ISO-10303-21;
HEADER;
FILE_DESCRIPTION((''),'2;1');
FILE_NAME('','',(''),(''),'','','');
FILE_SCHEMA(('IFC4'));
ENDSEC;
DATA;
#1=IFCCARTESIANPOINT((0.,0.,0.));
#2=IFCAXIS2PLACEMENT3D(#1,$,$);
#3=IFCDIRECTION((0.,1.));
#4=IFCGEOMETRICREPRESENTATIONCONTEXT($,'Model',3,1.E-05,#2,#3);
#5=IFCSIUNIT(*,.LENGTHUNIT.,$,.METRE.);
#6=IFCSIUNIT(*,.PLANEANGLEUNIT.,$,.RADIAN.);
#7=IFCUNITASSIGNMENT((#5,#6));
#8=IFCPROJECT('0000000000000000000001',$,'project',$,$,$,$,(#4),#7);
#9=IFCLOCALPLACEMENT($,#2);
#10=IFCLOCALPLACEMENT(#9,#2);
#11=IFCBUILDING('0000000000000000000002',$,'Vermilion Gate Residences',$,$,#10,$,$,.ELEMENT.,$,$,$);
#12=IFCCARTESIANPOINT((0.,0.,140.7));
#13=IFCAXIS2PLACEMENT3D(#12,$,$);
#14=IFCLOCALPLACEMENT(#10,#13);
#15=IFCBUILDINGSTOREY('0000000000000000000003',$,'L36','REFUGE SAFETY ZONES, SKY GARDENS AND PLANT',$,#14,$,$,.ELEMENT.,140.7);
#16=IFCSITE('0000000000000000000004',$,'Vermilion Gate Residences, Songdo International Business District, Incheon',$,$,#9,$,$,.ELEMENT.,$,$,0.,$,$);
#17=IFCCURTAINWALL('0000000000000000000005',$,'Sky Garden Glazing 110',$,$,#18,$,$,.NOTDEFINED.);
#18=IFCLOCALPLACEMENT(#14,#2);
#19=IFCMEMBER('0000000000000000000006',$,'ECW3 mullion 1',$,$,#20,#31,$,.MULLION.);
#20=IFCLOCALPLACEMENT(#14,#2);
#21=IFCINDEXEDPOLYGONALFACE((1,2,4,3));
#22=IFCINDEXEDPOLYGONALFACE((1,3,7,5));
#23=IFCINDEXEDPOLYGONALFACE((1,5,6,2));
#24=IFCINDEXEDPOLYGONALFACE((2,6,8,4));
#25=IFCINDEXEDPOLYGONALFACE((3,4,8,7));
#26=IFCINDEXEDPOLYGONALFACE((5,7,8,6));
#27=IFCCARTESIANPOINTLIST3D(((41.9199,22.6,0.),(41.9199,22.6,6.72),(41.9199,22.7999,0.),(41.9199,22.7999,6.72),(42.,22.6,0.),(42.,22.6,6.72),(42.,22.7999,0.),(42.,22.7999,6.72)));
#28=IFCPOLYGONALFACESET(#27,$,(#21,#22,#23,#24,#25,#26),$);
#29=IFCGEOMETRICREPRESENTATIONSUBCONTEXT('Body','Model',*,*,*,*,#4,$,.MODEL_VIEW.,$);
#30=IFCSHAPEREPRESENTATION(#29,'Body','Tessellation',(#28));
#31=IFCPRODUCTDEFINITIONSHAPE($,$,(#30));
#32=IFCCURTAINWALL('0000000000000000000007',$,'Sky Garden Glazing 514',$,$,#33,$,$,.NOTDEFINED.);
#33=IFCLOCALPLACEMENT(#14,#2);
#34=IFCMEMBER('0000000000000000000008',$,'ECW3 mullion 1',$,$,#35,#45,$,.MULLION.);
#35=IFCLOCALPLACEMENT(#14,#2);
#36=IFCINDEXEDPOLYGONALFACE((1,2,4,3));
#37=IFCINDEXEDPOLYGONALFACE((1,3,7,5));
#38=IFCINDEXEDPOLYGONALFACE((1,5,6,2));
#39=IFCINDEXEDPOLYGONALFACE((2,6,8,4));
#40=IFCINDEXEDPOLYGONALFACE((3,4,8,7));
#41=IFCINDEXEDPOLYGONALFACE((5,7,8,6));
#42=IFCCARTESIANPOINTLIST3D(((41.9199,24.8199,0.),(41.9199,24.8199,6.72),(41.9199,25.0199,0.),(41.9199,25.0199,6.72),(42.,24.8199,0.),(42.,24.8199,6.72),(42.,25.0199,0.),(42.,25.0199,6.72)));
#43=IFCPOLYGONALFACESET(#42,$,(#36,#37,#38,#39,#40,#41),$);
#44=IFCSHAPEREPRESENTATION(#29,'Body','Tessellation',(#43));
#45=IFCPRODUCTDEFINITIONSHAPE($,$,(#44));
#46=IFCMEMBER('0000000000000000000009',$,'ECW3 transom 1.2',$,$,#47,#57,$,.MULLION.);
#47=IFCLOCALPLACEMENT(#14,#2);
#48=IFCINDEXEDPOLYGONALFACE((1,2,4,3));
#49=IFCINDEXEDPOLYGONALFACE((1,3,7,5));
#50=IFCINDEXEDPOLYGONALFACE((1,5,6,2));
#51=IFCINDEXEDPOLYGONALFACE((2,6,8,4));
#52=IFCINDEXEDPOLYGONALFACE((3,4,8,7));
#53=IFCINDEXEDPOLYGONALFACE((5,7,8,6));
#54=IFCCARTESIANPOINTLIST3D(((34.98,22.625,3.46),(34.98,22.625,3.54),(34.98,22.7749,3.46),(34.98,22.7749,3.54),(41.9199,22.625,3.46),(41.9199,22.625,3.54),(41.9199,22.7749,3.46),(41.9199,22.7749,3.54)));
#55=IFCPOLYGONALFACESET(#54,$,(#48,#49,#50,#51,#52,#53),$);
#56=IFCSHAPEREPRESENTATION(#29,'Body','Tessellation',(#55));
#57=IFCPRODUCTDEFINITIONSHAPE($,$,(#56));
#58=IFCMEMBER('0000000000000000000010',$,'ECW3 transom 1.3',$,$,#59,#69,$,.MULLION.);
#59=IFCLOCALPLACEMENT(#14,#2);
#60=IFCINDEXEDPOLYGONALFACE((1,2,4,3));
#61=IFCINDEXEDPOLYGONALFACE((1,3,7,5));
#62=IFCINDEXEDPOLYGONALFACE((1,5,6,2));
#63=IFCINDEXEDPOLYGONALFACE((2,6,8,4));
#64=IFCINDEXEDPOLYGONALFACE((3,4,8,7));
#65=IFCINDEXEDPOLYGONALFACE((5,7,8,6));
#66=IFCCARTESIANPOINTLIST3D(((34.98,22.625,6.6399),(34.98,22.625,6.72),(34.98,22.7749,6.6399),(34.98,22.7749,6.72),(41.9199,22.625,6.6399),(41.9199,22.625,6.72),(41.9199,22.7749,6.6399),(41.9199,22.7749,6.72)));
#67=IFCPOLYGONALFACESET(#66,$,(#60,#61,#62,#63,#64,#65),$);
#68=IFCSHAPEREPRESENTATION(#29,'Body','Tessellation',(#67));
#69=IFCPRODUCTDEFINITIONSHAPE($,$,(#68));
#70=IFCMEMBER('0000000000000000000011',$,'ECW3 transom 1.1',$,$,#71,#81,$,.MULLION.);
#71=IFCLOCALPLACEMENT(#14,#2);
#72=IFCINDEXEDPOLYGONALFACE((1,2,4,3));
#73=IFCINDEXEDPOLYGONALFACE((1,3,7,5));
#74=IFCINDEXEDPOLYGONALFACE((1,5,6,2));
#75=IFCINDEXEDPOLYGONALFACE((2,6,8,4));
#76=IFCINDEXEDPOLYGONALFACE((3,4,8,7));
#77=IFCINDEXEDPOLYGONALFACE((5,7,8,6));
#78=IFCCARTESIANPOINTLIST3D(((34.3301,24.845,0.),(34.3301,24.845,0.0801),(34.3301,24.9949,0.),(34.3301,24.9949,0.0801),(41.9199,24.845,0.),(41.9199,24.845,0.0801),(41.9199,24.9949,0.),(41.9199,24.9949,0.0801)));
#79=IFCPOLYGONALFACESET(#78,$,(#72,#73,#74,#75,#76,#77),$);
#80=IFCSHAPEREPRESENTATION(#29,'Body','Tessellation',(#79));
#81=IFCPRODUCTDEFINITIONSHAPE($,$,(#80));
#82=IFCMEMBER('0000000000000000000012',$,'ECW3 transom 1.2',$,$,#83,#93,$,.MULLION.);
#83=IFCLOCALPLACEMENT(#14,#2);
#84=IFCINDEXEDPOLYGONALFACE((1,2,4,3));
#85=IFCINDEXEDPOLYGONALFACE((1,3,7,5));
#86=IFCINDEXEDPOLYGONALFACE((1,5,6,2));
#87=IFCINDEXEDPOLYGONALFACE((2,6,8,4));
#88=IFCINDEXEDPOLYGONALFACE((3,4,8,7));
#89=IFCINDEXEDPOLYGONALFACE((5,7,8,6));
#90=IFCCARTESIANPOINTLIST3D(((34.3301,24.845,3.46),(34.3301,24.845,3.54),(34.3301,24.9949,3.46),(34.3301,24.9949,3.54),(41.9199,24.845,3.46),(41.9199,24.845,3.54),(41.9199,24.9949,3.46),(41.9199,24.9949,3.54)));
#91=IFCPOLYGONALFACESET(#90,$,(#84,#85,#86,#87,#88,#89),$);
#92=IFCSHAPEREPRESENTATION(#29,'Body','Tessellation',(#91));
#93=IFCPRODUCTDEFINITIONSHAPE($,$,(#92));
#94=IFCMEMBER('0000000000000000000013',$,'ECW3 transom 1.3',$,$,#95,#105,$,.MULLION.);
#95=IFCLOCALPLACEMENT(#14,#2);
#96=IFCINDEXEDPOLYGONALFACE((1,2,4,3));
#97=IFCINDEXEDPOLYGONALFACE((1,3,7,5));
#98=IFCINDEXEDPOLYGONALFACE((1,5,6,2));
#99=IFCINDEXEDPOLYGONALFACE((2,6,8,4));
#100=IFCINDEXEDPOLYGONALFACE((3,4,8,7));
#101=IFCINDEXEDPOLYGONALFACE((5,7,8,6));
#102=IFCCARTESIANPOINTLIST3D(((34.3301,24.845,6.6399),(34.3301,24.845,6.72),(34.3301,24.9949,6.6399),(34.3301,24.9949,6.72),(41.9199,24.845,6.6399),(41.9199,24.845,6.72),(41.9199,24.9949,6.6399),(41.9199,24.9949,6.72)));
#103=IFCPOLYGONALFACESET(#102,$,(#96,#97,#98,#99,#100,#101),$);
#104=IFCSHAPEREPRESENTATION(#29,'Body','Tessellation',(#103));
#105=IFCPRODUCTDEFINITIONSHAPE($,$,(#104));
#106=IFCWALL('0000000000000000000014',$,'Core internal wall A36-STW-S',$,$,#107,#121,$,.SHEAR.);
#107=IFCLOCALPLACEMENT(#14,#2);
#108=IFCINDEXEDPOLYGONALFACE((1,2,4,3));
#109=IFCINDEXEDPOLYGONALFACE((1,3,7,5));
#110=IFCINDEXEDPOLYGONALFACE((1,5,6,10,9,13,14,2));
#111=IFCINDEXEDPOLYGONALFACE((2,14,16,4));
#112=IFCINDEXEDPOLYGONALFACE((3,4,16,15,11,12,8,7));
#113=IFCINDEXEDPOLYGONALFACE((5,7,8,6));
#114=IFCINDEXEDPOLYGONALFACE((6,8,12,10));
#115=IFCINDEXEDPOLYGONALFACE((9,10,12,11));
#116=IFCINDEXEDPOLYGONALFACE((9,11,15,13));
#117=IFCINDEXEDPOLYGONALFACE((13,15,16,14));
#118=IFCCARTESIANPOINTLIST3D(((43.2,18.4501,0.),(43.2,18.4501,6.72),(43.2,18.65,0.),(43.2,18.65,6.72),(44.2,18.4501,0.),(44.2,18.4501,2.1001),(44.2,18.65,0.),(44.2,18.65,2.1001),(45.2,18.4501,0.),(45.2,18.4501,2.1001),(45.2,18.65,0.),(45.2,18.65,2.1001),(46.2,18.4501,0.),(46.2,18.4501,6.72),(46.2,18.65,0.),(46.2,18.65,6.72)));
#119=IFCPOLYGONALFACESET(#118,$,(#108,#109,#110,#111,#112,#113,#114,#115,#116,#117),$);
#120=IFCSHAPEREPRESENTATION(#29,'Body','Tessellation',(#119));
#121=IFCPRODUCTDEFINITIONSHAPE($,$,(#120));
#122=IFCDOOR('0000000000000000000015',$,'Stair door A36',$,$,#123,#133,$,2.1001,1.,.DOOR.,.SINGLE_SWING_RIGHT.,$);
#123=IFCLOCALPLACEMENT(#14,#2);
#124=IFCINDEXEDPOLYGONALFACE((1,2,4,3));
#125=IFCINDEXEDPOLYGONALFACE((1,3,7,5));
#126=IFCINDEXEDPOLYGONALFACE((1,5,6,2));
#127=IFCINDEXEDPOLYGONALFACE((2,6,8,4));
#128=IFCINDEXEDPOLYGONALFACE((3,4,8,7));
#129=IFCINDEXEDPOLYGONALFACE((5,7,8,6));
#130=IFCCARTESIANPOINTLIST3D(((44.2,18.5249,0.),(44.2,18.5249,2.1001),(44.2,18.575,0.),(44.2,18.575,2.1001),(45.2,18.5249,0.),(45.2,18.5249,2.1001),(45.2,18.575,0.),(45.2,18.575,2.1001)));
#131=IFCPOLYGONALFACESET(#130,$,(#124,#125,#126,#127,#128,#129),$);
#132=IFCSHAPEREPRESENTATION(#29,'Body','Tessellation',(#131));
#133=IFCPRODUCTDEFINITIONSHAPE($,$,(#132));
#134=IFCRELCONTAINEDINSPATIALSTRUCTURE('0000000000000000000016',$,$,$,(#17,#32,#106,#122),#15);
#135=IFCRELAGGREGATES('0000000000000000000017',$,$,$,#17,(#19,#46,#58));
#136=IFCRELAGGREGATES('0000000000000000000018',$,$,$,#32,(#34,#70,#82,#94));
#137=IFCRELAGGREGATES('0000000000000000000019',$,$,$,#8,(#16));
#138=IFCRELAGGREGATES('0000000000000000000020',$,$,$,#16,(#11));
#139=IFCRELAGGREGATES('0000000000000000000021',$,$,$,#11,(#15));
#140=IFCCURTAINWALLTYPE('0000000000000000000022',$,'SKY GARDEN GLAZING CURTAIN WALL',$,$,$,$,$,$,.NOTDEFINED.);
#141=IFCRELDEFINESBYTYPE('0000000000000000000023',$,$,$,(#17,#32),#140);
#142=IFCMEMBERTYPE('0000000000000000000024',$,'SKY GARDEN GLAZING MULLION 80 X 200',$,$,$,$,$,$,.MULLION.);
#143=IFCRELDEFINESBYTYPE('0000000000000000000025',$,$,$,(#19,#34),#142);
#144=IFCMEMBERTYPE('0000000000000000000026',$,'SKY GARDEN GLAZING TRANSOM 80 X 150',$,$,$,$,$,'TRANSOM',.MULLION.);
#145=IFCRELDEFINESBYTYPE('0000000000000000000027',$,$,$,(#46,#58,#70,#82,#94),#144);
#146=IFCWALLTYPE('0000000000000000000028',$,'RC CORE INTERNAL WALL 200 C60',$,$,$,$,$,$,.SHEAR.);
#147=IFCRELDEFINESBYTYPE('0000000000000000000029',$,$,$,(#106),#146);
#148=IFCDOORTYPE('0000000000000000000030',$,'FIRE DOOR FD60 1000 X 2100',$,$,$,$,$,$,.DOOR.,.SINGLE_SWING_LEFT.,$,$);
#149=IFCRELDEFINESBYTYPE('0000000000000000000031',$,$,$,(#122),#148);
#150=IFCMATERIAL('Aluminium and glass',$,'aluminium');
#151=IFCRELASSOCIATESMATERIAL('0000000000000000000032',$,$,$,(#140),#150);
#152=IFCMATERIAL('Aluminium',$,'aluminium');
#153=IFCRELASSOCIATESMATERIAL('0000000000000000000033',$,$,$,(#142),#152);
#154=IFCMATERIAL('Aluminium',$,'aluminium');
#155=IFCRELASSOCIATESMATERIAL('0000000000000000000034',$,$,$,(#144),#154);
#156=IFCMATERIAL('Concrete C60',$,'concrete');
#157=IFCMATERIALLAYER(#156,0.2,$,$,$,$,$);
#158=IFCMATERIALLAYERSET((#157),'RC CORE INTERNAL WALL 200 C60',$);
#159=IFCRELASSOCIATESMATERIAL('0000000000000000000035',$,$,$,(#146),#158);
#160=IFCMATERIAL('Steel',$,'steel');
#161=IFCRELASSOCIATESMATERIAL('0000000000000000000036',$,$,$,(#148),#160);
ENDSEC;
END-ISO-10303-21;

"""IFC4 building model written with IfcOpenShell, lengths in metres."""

from ifc_helpers import new_model, si_unit, direction, frame, frame_2d, origin, origin_2d, place, context, subcontext, project, spatial, rectangle, extrude, material, layer, layer_set, material_profile, profile_set, type_object, element, fill, aggregate, save


model = new_model("IFC4")

# Units and contexts
model_context = context("Model", 3, precision=1e-05, world=origin(), true_north=direction((0.0, 1.0)))
body_context = subcontext(model_context, "Body", "Model", "MODEL_VIEW")
ifc_project = project(units=[si_unit("LENGTHUNIT", "METRE"), si_unit("PLANEANGLEUNIT", "RADIAN")], contexts=[model_context])

# Site, building, storey
site_placement = place(None, origin())
site = spatial("IfcSite", under=ifc_project, at=site_placement, Name="Vermilion Gate Residences, Songdo International Business District, Incheon", CompositionType="ELEMENT", RefElevation=0.0)
building_placement = place(site_placement, origin())
building = spatial("IfcBuilding", under=site, at=building_placement, Name="Vermilion Gate Residences", CompositionType="ELEMENT")
storey_placement = place(building_placement, frame((0.0, 0.0, 140.7)))
storey = spatial("IfcBuildingStorey", under=building, at=storey_placement, Name="L36", Description="REFUGE SAFETY ZONES, SKY GARDENS AND PLANT", CompositionType="ELEMENT", Elevation=140.7)

# Curtain walls, members
ifc_material_1 = material(Name="Aluminium and glass", Category="aluminium")
curtain_wall_type = type_object("IfcCurtainWallType", Name="SKY GARDEN GLAZING CURTAIN WALL", PredefinedType="NOTDEFINED", material=ifc_material_1)
curtain_wall_1_placement = place(storey_placement, origin())
curtain_wall_1 = element("IfcCurtainWall", 1, at=curtain_wall_1_placement, inside=storey, type_object=curtain_wall_type, Name="Sky Garden Glazing 110", PredefinedType="NOTDEFINED")
ifc_material_2 = material(Name="Aluminium", Category="aluminium")
ifc_material_profile_1 = material_profile(ifc_material_2, rectangle(XDim=0.2, YDim=0.0801, at=origin_2d()), Name="MULLION 80 X 200")
ifc_profile_set_1 = profile_set([ifc_material_profile_1], Name="Aluminium")
member_type_1 = type_object("IfcMemberType", Name="SKY GARDEN GLAZING MULLION 80 X 200", PredefinedType="MULLION", material=ifc_profile_set_1)
member_1_placement = place(storey_placement, frame((41.96, 22.7, 0.0), z_axis=(0.0, 0.0, 1.0), x_axis=(0.0, -1.0, 0.0)))
member_1 = element("IfcMember", 2, at=member_1_placement, type_object=member_type_1, Name="ECW3 mullion 1", PredefinedType="MULLION", context=body_context, shape_type="SweptSolid", body=[
    extrude(rectangle(XDim=0.2, YDim=0.0801, at=origin_2d()), origin(), (0.0, 0.0, 1.0), 6.72),
])
curtain_wall_2_placement = place(storey_placement, origin())
curtain_wall_2 = element("IfcCurtainWall", 3, at=curtain_wall_2_placement, inside=storey, type_object=curtain_wall_type, Name="Sky Garden Glazing 514", PredefinedType="NOTDEFINED")
member_2_placement = place(storey_placement, frame((41.96, 24.9199, 0.0), z_axis=(0.0, 0.0, 1.0), x_axis=(0.0, -1.0, 0.0)))
member_2 = element("IfcMember", 4, at=member_2_placement, type_object=member_type_1, Name="ECW3 mullion 1", PredefinedType="MULLION", context=body_context, shape_type="SweptSolid", body=[
    extrude(rectangle(XDim=0.2, YDim=0.0801, at=origin_2d()), origin(), (0.0, 0.0, 1.0), 6.72),
])

# Members
ifc_material_3 = material(Name="Aluminium", Category="aluminium")
ifc_material_profile_2 = material_profile(ifc_material_3, rectangle(XDim=0.1499, YDim=0.0801, at=origin_2d()), Name="TRANSOM 80 X 150")
ifc_profile_set_2 = profile_set([ifc_material_profile_2], Name="Aluminium")
member_type_2 = type_object("IfcMemberType", Name="SKY GARDEN GLAZING TRANSOM 80 X 150", ElementType="TRANSOM", PredefinedType="MULLION", material=ifc_profile_set_2)
member_3_placement = place(storey_placement, frame((41.9199, 22.7, 3.5), z_axis=(-1.0, 0.0, 0.0), x_axis=(0.0, -1.0, 0.0)))
member_3 = element("IfcMember", 5, at=member_3_placement, type_object=member_type_2, Name="ECW3 transom 1.2", PredefinedType="MULLION", context=body_context, shape_type="SweptSolid", body=[
    extrude(rectangle(XDim=0.1499, YDim=0.0801, at=origin_2d()), origin(), (0.0, 0.0, 1.0), 6.9399),
])
member_4_placement = place(storey_placement, frame((41.9199, 22.7, 6.6799), z_axis=(-1.0, 0.0, 0.0), x_axis=(0.0, -1.0, 0.0)))
member_4 = element("IfcMember", 6, at=member_4_placement, type_object=member_type_2, Name="ECW3 transom 1.3", PredefinedType="MULLION", context=body_context, shape_type="SweptSolid", body=[
    extrude(rectangle(XDim=0.1499, YDim=0.0801, at=origin_2d()), origin(), (0.0, 0.0, 1.0), 6.9399),
])
aggregate(curtain_wall_1, [member_1, member_3, member_4])
member_5_placement = place(storey_placement, frame((41.9199, 24.9199, 0.04), z_axis=(-1.0, 0.0, 0.0), x_axis=(0.0, -1.0, 0.0)))
member_5 = element("IfcMember", 7, at=member_5_placement, type_object=member_type_2, Name="ECW3 transom 1.1", PredefinedType="MULLION", context=body_context, shape_type="SweptSolid", body=[
    extrude(rectangle(XDim=0.1499, YDim=0.0801, at=origin_2d()), origin(), (0.0, 0.0, 1.0), 7.5898),
])
member_6_placement = place(storey_placement, frame((41.9199, 24.9199, 3.5), z_axis=(-1.0, 0.0, 0.0), x_axis=(0.0, -1.0, 0.0)))
member_6 = element("IfcMember", 8, at=member_6_placement, type_object=member_type_2, Name="ECW3 transom 1.2", PredefinedType="MULLION", context=body_context, shape_type="SweptSolid", body=[
    extrude(rectangle(XDim=0.1499, YDim=0.0801, at=origin_2d()), origin(), (0.0, 0.0, 1.0), 7.5898),
])
member_7_placement = place(storey_placement, frame((41.9199, 24.9199, 6.6799), z_axis=(-1.0, 0.0, 0.0), x_axis=(0.0, -1.0, 0.0)))
member_7 = element("IfcMember", 9, at=member_7_placement, type_object=member_type_2, Name="ECW3 transom 1.3", PredefinedType="MULLION", context=body_context, shape_type="SweptSolid", body=[
    extrude(rectangle(XDim=0.1499, YDim=0.0801, at=origin_2d()), origin(), (0.0, 0.0, 1.0), 7.5898),
])
aggregate(curtain_wall_2, [member_2, member_5, member_6, member_7])

# Wall, opening, door
ifc_material_4 = material(Name="Concrete C60", Category="concrete")
ifc_layer_1 = layer(ifc_material_4, 0.2)
ifc_layer_set_1 = layer_set([ifc_layer_1], Name="RC CORE INTERNAL WALL 200 C60")
wall_type_1 = type_object("IfcWallType", Name="RC CORE INTERNAL WALL 200 C60", PredefinedType="SHEAR", material=ifc_layer_set_1)
wall_1_placement = place(storey_placement, frame((43.2, 18.55, 0.0), z_axis=(0.0, 0.0, 1.0), x_axis=(1.0, 0.0, 0.0)))
wall_1 = element("IfcWall", 10, at=wall_1_placement, inside=storey, type_object=wall_type_1, Name="Core internal wall A36-STW-S", PredefinedType="SHEAR", context=body_context, shape_type="SweptSolid", body=[
    extrude(rectangle(XDim=3.0, YDim=0.2, at=frame_2d((1.5, 0.0))), origin(), (0.0, 0.0, 1.0), 6.72),
])
opening_1_placement = place(wall_1_placement, frame((1.0, 0.0, 0.0)))
opening_1 = element("IfcOpeningElement", 11, at=opening_1_placement, cuts=wall_1, PredefinedType="OPENING", context=body_context, shape_type="SweptSolid", body=[
    extrude(rectangle(XDim=1.0, YDim=2.1001, at=frame_2d((0.5, 1.05))), frame((0.0, 0.1099, 0.0), z_axis=(0.0, -1.0, 0.0), x_axis=(1.0, 0.0, 0.0)), (0.0, 0.0, 1.0), 0.22),
])
ifc_material_5 = material(Name="Steel", Category="steel")
door_type = type_object("IfcDoorType", Name="FIRE DOOR FD60 1000 X 2100", OperationType="SINGLE_SWING_LEFT", PredefinedType="DOOR", material=ifc_material_5)
door_placement = place(opening_1_placement, origin())
door = element("IfcDoor", 12, at=door_placement, inside=storey, type_object=door_type, Name="Stair door A36", OperationType="SINGLE_SWING_RIGHT", OverallHeight=2.1001, OverallWidth=1.0, PredefinedType="DOOR", context=body_context, shape_type="SweptSolid", body=[
    extrude(rectangle(XDim=1.0, YDim=2.1001, at=frame_2d((0.5, 1.05))), frame((0.0, 0.0249, 0.0), z_axis=(0.0, -1.0, 0.0), x_axis=(1.0, 0.0, 0.0)), (0.0, 0.0, 1.0), 0.05),
])
fill(opening_1, door)

save(model, "model.ifc")
